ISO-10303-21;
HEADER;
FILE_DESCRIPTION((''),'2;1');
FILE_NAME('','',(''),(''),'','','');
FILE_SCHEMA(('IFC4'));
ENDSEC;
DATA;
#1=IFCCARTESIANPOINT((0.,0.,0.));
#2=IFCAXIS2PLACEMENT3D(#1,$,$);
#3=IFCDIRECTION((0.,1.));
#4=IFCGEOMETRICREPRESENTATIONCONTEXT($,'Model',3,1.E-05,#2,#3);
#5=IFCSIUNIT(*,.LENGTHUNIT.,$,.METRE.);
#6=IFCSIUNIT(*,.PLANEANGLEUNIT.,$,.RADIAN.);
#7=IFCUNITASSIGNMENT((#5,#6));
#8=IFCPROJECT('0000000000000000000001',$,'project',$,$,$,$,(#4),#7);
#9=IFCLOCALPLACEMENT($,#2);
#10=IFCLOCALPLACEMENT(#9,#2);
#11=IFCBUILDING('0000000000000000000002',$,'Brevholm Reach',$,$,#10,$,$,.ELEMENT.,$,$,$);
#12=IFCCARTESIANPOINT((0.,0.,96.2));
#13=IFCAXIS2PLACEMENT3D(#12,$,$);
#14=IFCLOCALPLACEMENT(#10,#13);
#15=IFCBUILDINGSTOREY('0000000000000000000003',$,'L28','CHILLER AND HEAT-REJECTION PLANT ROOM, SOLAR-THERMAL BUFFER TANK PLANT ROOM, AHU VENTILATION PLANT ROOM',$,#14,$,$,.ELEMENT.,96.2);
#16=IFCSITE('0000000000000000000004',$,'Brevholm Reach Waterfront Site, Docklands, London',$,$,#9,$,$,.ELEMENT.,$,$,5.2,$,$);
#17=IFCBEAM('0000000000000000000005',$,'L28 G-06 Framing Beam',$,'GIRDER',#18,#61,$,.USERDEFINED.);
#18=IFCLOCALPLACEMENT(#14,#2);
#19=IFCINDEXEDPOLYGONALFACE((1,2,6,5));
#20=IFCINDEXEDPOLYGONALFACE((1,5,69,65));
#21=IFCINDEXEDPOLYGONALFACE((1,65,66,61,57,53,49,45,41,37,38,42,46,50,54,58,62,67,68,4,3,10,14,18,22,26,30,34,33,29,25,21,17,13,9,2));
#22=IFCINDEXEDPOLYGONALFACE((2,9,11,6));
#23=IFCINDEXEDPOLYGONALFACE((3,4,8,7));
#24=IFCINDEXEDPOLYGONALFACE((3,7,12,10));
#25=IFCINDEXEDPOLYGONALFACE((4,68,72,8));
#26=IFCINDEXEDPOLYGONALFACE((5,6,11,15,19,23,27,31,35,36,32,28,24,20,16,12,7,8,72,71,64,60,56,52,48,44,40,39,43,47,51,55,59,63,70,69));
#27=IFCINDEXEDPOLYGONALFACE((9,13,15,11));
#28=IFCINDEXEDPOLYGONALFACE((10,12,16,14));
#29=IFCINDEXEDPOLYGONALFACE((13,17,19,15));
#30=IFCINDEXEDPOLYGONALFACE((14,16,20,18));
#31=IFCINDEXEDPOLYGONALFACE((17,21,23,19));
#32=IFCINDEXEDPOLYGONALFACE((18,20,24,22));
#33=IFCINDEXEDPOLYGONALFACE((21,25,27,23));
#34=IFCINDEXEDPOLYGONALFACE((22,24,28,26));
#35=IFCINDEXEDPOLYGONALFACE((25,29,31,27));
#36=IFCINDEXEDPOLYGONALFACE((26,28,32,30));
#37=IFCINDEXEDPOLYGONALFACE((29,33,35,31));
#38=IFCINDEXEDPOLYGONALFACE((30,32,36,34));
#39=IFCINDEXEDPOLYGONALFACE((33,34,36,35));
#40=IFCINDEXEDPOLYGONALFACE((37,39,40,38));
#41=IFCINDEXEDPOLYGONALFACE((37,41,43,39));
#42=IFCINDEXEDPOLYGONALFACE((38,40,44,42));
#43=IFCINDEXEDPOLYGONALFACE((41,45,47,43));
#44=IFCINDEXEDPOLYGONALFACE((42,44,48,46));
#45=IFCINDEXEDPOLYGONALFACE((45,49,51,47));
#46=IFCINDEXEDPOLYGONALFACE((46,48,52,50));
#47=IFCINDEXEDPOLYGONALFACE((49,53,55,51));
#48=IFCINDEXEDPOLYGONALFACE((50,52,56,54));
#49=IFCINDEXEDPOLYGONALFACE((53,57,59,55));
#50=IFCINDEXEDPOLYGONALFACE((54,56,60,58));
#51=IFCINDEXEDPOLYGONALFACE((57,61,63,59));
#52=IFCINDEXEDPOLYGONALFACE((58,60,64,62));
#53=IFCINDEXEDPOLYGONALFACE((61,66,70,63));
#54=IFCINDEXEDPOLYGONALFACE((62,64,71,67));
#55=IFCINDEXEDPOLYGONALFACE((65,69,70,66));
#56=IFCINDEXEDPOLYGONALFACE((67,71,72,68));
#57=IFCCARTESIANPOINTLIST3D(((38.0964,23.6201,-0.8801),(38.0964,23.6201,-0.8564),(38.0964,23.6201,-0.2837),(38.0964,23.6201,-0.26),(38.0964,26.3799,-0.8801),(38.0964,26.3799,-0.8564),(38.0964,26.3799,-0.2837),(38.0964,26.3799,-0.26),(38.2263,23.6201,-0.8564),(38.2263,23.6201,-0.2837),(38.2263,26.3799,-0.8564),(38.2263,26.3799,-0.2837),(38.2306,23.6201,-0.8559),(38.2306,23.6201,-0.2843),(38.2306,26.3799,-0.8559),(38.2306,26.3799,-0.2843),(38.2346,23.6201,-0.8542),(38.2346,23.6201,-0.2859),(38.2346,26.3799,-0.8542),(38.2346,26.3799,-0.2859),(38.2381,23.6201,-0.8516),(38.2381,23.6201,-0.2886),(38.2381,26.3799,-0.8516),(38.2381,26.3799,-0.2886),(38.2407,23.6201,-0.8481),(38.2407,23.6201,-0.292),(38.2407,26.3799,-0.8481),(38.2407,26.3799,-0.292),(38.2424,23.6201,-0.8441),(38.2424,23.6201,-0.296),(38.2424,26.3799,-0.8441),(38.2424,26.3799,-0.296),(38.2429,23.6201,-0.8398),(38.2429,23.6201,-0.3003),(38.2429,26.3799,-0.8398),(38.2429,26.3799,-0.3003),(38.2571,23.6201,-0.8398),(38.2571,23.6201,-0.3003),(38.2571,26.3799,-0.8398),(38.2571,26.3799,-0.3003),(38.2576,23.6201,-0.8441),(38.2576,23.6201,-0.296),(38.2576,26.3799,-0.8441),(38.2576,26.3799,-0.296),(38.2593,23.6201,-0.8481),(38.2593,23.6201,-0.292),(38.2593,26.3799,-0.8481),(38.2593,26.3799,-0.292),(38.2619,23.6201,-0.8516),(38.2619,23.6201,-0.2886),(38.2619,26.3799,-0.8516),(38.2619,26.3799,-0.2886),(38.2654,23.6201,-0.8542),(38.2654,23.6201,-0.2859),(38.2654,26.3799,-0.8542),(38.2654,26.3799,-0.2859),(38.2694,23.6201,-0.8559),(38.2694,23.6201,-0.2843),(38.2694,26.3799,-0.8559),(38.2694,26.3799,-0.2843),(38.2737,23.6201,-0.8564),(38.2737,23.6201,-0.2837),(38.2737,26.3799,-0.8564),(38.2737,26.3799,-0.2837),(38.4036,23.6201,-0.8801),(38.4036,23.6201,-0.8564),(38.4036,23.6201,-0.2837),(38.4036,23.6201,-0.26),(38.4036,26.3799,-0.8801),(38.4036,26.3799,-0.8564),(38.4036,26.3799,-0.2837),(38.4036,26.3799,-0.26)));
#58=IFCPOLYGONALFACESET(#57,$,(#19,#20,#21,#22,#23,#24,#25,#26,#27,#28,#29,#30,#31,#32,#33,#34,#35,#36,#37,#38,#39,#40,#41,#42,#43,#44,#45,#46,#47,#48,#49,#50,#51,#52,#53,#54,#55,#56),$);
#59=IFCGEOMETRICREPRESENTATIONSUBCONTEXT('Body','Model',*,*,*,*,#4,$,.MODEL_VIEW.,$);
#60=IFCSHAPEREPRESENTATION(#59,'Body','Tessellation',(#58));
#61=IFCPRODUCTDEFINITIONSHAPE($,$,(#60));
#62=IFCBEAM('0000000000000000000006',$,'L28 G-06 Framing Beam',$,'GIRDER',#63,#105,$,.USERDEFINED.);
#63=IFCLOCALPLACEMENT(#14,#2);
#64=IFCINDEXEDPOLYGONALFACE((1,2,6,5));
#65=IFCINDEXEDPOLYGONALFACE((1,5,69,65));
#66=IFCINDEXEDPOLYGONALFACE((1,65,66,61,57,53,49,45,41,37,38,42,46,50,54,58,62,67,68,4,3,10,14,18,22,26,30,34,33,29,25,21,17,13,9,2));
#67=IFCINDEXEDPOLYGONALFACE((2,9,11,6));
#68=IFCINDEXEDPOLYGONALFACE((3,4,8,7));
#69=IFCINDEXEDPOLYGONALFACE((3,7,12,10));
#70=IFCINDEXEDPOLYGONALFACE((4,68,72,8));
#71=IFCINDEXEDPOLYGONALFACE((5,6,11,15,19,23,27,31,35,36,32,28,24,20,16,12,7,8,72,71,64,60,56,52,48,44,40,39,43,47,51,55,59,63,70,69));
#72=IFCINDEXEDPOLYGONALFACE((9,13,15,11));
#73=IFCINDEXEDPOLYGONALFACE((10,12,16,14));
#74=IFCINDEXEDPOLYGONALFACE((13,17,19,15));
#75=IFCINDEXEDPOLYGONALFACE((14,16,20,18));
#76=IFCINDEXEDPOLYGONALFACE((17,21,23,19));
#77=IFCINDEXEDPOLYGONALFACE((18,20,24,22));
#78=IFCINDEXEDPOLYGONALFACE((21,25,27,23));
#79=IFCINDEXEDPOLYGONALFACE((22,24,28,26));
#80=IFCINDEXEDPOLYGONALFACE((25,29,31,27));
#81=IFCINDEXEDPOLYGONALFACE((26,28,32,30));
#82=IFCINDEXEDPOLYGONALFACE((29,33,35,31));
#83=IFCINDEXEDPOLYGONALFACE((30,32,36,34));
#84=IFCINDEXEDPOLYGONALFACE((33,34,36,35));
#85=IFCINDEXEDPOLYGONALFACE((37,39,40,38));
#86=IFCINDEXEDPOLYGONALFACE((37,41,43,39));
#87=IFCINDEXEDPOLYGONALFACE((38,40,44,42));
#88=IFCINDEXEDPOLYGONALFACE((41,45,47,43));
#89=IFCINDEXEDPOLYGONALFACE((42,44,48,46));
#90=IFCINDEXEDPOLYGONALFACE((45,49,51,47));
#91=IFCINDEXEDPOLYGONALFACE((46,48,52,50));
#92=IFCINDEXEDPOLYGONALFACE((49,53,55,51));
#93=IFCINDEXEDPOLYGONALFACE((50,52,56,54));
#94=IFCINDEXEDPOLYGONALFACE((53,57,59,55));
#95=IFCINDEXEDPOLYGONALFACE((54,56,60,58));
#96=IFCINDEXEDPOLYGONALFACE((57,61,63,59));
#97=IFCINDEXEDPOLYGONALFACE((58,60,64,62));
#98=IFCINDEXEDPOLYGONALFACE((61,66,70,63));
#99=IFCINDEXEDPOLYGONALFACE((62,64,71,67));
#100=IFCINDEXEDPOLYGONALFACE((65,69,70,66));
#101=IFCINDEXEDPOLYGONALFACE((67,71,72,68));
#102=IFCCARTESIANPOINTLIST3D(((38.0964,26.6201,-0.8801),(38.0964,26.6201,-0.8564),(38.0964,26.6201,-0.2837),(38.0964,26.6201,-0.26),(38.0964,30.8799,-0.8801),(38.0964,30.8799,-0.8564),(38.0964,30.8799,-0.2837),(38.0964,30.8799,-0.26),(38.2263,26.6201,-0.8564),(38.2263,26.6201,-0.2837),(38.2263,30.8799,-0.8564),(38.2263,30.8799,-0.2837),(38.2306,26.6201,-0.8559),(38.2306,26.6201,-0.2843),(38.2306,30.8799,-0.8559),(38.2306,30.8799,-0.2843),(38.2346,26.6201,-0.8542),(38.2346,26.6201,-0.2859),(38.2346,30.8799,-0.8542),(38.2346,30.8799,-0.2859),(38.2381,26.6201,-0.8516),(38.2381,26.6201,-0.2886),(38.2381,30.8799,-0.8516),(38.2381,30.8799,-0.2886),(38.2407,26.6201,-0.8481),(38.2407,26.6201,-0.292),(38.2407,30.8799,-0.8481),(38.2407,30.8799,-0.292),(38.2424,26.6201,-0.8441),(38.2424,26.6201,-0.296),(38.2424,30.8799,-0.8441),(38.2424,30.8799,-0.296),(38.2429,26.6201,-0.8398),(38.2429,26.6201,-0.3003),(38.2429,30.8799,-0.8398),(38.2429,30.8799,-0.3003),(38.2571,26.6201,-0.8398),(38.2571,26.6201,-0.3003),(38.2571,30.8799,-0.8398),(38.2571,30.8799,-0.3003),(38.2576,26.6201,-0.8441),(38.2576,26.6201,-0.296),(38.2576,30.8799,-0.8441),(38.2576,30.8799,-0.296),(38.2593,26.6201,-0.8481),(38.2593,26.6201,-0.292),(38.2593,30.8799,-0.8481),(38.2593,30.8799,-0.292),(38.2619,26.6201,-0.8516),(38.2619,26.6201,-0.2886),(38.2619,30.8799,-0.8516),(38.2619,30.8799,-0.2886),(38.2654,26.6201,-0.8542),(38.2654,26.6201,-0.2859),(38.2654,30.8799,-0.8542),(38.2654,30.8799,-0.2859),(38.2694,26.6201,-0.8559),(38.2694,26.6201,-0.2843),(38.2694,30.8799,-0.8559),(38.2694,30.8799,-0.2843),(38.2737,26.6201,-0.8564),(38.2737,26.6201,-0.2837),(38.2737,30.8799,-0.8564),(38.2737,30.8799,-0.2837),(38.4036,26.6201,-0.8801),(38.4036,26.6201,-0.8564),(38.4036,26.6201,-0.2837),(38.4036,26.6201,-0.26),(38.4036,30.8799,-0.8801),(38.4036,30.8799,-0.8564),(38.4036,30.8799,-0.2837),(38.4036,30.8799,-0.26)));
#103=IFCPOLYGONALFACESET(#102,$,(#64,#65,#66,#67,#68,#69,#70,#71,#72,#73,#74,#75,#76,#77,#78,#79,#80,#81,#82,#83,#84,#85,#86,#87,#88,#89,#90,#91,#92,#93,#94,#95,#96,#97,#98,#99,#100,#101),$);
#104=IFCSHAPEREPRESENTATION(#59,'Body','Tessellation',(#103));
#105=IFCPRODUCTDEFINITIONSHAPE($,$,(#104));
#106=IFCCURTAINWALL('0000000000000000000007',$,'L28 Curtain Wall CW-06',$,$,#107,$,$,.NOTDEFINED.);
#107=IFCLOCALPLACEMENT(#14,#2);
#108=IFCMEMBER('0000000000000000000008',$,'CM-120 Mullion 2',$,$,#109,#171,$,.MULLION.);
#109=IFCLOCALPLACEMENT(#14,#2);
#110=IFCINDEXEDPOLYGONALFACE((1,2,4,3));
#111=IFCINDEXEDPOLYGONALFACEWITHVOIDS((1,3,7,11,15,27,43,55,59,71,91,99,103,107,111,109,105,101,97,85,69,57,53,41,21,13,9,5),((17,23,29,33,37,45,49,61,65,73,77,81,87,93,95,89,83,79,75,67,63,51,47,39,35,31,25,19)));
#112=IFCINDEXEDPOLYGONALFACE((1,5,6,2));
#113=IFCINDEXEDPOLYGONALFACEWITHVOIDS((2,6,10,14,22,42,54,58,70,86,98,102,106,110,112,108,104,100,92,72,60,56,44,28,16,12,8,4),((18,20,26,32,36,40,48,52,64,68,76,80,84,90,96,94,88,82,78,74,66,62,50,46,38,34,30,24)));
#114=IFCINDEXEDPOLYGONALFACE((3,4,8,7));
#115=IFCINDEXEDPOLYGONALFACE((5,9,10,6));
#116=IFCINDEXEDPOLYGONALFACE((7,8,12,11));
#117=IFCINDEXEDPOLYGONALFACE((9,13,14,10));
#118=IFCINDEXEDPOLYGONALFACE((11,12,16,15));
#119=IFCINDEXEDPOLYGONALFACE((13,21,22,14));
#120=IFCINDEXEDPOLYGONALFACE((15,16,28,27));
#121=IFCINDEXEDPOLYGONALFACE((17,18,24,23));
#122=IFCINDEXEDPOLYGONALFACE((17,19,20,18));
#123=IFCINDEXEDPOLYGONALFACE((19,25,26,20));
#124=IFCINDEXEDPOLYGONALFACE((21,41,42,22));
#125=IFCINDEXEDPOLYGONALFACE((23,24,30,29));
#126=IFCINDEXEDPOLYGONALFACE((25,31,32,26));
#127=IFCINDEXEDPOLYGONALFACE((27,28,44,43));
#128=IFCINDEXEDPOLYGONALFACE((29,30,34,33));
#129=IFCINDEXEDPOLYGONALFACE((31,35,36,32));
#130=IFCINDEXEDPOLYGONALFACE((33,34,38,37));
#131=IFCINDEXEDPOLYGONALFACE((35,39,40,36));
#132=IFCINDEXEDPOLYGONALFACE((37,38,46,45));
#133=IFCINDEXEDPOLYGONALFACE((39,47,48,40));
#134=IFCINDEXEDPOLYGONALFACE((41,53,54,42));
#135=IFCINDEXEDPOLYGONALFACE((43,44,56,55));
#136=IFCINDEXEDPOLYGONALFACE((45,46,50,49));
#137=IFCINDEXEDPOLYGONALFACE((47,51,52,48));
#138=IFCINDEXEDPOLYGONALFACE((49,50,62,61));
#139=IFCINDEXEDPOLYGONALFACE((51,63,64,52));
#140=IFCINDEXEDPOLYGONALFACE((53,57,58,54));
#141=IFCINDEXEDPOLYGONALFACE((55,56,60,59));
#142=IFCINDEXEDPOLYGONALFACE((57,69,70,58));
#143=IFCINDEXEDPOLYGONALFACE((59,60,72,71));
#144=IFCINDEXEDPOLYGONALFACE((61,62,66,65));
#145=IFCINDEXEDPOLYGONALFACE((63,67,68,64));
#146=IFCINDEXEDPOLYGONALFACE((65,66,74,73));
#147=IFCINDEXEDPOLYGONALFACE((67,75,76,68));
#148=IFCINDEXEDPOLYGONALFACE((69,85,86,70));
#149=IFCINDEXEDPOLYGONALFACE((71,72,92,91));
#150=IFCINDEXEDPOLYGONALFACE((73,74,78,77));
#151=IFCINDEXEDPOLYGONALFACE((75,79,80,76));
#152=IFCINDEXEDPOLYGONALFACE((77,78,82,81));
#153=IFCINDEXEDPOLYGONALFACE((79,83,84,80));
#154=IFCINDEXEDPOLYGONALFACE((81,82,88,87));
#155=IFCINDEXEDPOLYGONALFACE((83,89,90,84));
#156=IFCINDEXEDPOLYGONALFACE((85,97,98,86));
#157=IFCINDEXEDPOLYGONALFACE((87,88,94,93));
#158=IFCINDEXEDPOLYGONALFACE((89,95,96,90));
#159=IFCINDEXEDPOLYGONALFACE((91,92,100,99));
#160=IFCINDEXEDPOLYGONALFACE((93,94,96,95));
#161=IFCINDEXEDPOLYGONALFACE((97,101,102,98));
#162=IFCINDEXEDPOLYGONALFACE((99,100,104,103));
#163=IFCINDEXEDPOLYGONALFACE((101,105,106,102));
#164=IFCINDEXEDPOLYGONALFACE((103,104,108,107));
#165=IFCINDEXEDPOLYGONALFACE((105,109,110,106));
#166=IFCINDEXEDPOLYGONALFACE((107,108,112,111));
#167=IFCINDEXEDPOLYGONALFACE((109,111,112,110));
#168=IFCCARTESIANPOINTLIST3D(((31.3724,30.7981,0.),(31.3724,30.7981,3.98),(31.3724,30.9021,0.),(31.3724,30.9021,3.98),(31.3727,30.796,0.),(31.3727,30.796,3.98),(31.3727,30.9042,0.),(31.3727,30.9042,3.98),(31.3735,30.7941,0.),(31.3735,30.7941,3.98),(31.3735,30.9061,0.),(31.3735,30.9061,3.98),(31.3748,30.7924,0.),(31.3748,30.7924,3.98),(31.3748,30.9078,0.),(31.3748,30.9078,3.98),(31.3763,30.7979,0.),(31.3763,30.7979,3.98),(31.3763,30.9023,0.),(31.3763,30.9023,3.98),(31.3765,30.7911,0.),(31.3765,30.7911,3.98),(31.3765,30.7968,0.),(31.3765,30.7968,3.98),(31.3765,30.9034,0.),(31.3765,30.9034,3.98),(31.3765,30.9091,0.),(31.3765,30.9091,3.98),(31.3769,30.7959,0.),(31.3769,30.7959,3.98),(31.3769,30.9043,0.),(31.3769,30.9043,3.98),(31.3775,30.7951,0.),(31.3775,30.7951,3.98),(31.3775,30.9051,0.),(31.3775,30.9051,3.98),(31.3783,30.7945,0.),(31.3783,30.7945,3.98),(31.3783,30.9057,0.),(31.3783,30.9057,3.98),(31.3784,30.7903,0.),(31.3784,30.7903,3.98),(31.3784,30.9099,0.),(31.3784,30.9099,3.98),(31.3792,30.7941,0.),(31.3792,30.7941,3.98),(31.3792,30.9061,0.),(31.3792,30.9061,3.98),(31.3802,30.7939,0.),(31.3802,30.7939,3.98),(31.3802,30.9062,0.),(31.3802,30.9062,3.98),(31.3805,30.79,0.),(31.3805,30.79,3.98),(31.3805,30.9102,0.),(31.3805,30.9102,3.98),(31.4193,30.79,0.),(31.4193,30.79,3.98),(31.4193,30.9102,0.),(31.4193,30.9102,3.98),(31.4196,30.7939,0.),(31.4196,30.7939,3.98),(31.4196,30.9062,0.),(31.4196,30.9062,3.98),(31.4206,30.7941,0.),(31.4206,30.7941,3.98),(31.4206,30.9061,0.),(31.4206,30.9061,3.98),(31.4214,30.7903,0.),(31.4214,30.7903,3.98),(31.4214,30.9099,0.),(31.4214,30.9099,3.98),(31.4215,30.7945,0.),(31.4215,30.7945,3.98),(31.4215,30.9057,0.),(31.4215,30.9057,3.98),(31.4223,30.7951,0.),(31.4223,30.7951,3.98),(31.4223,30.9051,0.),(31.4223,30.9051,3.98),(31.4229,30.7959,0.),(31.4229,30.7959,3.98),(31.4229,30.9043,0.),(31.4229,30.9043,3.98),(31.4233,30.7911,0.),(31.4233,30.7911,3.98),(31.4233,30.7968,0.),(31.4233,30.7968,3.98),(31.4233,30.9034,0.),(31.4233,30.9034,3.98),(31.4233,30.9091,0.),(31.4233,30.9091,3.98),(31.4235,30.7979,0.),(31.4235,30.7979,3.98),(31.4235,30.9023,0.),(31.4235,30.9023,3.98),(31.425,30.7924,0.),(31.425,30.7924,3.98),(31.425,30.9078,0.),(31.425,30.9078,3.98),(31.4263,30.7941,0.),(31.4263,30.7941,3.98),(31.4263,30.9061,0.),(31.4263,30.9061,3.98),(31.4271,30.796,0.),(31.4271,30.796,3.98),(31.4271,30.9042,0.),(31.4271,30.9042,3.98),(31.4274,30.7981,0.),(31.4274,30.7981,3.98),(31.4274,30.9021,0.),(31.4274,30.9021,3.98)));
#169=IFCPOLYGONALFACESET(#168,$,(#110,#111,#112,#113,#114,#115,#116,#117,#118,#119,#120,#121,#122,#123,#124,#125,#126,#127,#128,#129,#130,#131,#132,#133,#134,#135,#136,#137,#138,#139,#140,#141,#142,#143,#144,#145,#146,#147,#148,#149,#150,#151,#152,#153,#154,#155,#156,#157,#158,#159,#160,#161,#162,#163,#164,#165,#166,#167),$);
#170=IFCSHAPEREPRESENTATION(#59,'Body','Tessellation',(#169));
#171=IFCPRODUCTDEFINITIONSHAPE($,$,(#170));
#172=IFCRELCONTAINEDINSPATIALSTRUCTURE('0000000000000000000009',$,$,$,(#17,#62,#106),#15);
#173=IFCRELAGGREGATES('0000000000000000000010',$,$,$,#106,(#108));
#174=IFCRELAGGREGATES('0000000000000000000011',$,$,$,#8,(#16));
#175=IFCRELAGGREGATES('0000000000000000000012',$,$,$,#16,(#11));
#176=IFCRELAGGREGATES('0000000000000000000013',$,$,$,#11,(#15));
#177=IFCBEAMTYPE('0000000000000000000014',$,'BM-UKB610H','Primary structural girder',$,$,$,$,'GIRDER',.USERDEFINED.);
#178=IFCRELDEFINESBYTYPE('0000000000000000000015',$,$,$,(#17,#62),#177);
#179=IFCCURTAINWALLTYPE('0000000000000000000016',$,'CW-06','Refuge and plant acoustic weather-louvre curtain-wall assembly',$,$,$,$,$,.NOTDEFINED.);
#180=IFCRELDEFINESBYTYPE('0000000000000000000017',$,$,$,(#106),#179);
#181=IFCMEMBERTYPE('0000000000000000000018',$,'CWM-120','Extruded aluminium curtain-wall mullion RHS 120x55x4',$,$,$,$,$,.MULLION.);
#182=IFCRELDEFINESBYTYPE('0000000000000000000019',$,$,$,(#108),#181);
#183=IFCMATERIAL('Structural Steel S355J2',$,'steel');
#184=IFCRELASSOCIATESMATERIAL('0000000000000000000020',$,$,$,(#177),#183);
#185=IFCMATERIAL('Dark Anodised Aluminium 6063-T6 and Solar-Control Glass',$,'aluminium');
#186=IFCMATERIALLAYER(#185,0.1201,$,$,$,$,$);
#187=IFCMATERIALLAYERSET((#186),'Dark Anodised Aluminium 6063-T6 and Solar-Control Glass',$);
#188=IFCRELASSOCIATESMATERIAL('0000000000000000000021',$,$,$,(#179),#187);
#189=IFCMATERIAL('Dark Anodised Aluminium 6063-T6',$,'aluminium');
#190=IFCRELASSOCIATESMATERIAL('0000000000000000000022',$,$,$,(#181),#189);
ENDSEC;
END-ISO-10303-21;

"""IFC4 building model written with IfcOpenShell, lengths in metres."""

from ifc_helpers import new_model, si_unit, direction, frame, origin, origin_2d, place, context, subcontext, project, spatial, hollow_rectangle, i_section, extrude, material, layer, layer_set, material_profile, profile_set, type_object, element, aggregate, save


model = new_model("IFC4")

# Units and contexts
model_context = context("Model", 3, precision=1e-05, world=origin(), true_north=direction((0.0, 1.0)))
body_context = subcontext(model_context, "Body", "Model", "MODEL_VIEW")
ifc_project = project(units=[si_unit("LENGTHUNIT", "METRE"), si_unit("PLANEANGLEUNIT", "RADIAN")], contexts=[model_context])

# Site, building, storey
site_placement = place(None, origin())
site = spatial("IfcSite", under=ifc_project, at=site_placement, Name="Brevholm Reach Waterfront Site, Docklands, London", CompositionType="ELEMENT", RefElevation=5.2)
building_placement = place(site_placement, origin())
building = spatial("IfcBuilding", under=site, at=building_placement, Name="Brevholm Reach", CompositionType="ELEMENT")
storey_placement = place(building_placement, frame((0.0, 0.0, 96.2)))
storey = spatial("IfcBuildingStorey", under=building, at=storey_placement, Name="L28", Description="CHILLER AND HEAT-REJECTION PLANT ROOM, SOLAR-THERMAL BUFFER TANK PLANT ROOM, AHU VENTILATION PLANT ROOM", CompositionType="ELEMENT", Elevation=96.2)

# Beams
ifc_material_1 = material(Name="Structural Steel S355J2", Category="steel")
ifc_material_profile_1 = material_profile(ifc_material_1, i_section(OverallWidth=0.3071, OverallDepth=0.6201, WebThickness=0.0142, FlangeThickness=0.0237, FilletRadius=0.0166, at=origin_2d()), Name="UKB 610x305x179")
ifc_profile_set_1 = profile_set([ifc_material_profile_1], Name="Structural Steel S355J2")
beam_type_1 = type_object("IfcBeamType", Name="BM-UKB610H", Description="Primary structural girder", ElementType="GIRDER", PredefinedType="USERDEFINED", material=ifc_profile_set_1)
beam_1_placement = place(storey_placement, frame((38.25, 23.6201, -0.5701), z_axis=(0.0, 1.0, 0.0), x_axis=(-1.0, 0.0, 0.0)))
element("IfcBeam", 1, at=beam_1_placement, inside=storey, type_object=beam_type_1, Name="L28 G-06 Framing Beam", ObjectType="GIRDER", PredefinedType="USERDEFINED", context=body_context, shape_type="SweptSolid", body=[
    extrude(i_section(OverallWidth=0.3071, OverallDepth=0.6201, WebThickness=0.0142, FlangeThickness=0.0237, FilletRadius=0.0166, at=origin_2d()), origin(), (0.0, 0.0, 1.0), 2.7598),
])
beam_2_placement = place(storey_placement, frame((38.25, 26.6201, -0.5701), z_axis=(0.0, 1.0, 0.0), x_axis=(-1.0, 0.0, 0.0)))
element("IfcBeam", 2, at=beam_2_placement, inside=storey, type_object=beam_type_1, Name="L28 G-06 Framing Beam", ObjectType="GIRDER", PredefinedType="USERDEFINED", context=body_context, shape_type="SweptSolid", body=[
    extrude(i_section(OverallWidth=0.3071, OverallDepth=0.6201, WebThickness=0.0142, FlangeThickness=0.0237, FilletRadius=0.0166, at=origin_2d()), origin(), (0.0, 0.0, 1.0), 4.2598),
])

# Curtain wall, member
ifc_material_2 = material(Name="Dark Anodised Aluminium 6063-T6 and Solar-Control Glass", Category="aluminium")
ifc_layer_1 = layer(ifc_material_2, 0.1201)
ifc_layer_set_1 = layer_set([ifc_layer_1], Name="Dark Anodised Aluminium 6063-T6 and Solar-Control Glass")
curtain_wall_type_1 = type_object("IfcCurtainWallType", Name="CW-06", Description="Refuge and plant acoustic weather-louvre curtain-wall assembly", PredefinedType="NOTDEFINED", material=ifc_layer_set_1)
curtain_wall_1_placement = place(storey_placement, origin())
curtain_wall_1 = element("IfcCurtainWall", 3, at=curtain_wall_1_placement, inside=storey, type_object=curtain_wall_type_1, Name="L28 Curtain Wall CW-06", PredefinedType="NOTDEFINED")
ifc_material_3 = material(Name="Dark Anodised Aluminium 6063-T6", Category="aluminium")
ifc_material_profile_2 = material_profile(ifc_material_3, hollow_rectangle(XDim=0.0549, YDim=0.1201, WallThickness=0.0039, InnerFilletRadius=0.0039, OuterFilletRadius=0.0081, at=origin_2d()), Name="RHS 120x55x4")
ifc_profile_set_2 = profile_set([ifc_material_profile_2], Name="Dark Anodised Aluminium 6063-T6")
member_type_1 = type_object("IfcMemberType", Name="CWM-120", Description="Extruded aluminium curtain-wall mullion RHS 120x55x4", PredefinedType="MULLION", material=ifc_profile_set_2)
member_1_placement = place(storey_placement, frame((31.3999, 30.8501, 0.0), z_axis=(0.0, 0.0, 1.0), x_axis=(1.0, 0.0, 0.0)))
member_1 = element("IfcMember", 4, at=member_1_placement, type_object=member_type_1, Name="CM-120 Mullion 2", PredefinedType="MULLION", context=body_context, shape_type="SweptSolid", body=[
    extrude(hollow_rectangle(XDim=0.0549, YDim=0.1201, WallThickness=0.0039, InnerFilletRadius=0.0039, OuterFilletRadius=0.0081, at=origin_2d()), origin(), (0.0, 0.0, 1.0), 3.98),
])

aggregate(curtain_wall_1, [member_1])

save(model, "model.ifc")
